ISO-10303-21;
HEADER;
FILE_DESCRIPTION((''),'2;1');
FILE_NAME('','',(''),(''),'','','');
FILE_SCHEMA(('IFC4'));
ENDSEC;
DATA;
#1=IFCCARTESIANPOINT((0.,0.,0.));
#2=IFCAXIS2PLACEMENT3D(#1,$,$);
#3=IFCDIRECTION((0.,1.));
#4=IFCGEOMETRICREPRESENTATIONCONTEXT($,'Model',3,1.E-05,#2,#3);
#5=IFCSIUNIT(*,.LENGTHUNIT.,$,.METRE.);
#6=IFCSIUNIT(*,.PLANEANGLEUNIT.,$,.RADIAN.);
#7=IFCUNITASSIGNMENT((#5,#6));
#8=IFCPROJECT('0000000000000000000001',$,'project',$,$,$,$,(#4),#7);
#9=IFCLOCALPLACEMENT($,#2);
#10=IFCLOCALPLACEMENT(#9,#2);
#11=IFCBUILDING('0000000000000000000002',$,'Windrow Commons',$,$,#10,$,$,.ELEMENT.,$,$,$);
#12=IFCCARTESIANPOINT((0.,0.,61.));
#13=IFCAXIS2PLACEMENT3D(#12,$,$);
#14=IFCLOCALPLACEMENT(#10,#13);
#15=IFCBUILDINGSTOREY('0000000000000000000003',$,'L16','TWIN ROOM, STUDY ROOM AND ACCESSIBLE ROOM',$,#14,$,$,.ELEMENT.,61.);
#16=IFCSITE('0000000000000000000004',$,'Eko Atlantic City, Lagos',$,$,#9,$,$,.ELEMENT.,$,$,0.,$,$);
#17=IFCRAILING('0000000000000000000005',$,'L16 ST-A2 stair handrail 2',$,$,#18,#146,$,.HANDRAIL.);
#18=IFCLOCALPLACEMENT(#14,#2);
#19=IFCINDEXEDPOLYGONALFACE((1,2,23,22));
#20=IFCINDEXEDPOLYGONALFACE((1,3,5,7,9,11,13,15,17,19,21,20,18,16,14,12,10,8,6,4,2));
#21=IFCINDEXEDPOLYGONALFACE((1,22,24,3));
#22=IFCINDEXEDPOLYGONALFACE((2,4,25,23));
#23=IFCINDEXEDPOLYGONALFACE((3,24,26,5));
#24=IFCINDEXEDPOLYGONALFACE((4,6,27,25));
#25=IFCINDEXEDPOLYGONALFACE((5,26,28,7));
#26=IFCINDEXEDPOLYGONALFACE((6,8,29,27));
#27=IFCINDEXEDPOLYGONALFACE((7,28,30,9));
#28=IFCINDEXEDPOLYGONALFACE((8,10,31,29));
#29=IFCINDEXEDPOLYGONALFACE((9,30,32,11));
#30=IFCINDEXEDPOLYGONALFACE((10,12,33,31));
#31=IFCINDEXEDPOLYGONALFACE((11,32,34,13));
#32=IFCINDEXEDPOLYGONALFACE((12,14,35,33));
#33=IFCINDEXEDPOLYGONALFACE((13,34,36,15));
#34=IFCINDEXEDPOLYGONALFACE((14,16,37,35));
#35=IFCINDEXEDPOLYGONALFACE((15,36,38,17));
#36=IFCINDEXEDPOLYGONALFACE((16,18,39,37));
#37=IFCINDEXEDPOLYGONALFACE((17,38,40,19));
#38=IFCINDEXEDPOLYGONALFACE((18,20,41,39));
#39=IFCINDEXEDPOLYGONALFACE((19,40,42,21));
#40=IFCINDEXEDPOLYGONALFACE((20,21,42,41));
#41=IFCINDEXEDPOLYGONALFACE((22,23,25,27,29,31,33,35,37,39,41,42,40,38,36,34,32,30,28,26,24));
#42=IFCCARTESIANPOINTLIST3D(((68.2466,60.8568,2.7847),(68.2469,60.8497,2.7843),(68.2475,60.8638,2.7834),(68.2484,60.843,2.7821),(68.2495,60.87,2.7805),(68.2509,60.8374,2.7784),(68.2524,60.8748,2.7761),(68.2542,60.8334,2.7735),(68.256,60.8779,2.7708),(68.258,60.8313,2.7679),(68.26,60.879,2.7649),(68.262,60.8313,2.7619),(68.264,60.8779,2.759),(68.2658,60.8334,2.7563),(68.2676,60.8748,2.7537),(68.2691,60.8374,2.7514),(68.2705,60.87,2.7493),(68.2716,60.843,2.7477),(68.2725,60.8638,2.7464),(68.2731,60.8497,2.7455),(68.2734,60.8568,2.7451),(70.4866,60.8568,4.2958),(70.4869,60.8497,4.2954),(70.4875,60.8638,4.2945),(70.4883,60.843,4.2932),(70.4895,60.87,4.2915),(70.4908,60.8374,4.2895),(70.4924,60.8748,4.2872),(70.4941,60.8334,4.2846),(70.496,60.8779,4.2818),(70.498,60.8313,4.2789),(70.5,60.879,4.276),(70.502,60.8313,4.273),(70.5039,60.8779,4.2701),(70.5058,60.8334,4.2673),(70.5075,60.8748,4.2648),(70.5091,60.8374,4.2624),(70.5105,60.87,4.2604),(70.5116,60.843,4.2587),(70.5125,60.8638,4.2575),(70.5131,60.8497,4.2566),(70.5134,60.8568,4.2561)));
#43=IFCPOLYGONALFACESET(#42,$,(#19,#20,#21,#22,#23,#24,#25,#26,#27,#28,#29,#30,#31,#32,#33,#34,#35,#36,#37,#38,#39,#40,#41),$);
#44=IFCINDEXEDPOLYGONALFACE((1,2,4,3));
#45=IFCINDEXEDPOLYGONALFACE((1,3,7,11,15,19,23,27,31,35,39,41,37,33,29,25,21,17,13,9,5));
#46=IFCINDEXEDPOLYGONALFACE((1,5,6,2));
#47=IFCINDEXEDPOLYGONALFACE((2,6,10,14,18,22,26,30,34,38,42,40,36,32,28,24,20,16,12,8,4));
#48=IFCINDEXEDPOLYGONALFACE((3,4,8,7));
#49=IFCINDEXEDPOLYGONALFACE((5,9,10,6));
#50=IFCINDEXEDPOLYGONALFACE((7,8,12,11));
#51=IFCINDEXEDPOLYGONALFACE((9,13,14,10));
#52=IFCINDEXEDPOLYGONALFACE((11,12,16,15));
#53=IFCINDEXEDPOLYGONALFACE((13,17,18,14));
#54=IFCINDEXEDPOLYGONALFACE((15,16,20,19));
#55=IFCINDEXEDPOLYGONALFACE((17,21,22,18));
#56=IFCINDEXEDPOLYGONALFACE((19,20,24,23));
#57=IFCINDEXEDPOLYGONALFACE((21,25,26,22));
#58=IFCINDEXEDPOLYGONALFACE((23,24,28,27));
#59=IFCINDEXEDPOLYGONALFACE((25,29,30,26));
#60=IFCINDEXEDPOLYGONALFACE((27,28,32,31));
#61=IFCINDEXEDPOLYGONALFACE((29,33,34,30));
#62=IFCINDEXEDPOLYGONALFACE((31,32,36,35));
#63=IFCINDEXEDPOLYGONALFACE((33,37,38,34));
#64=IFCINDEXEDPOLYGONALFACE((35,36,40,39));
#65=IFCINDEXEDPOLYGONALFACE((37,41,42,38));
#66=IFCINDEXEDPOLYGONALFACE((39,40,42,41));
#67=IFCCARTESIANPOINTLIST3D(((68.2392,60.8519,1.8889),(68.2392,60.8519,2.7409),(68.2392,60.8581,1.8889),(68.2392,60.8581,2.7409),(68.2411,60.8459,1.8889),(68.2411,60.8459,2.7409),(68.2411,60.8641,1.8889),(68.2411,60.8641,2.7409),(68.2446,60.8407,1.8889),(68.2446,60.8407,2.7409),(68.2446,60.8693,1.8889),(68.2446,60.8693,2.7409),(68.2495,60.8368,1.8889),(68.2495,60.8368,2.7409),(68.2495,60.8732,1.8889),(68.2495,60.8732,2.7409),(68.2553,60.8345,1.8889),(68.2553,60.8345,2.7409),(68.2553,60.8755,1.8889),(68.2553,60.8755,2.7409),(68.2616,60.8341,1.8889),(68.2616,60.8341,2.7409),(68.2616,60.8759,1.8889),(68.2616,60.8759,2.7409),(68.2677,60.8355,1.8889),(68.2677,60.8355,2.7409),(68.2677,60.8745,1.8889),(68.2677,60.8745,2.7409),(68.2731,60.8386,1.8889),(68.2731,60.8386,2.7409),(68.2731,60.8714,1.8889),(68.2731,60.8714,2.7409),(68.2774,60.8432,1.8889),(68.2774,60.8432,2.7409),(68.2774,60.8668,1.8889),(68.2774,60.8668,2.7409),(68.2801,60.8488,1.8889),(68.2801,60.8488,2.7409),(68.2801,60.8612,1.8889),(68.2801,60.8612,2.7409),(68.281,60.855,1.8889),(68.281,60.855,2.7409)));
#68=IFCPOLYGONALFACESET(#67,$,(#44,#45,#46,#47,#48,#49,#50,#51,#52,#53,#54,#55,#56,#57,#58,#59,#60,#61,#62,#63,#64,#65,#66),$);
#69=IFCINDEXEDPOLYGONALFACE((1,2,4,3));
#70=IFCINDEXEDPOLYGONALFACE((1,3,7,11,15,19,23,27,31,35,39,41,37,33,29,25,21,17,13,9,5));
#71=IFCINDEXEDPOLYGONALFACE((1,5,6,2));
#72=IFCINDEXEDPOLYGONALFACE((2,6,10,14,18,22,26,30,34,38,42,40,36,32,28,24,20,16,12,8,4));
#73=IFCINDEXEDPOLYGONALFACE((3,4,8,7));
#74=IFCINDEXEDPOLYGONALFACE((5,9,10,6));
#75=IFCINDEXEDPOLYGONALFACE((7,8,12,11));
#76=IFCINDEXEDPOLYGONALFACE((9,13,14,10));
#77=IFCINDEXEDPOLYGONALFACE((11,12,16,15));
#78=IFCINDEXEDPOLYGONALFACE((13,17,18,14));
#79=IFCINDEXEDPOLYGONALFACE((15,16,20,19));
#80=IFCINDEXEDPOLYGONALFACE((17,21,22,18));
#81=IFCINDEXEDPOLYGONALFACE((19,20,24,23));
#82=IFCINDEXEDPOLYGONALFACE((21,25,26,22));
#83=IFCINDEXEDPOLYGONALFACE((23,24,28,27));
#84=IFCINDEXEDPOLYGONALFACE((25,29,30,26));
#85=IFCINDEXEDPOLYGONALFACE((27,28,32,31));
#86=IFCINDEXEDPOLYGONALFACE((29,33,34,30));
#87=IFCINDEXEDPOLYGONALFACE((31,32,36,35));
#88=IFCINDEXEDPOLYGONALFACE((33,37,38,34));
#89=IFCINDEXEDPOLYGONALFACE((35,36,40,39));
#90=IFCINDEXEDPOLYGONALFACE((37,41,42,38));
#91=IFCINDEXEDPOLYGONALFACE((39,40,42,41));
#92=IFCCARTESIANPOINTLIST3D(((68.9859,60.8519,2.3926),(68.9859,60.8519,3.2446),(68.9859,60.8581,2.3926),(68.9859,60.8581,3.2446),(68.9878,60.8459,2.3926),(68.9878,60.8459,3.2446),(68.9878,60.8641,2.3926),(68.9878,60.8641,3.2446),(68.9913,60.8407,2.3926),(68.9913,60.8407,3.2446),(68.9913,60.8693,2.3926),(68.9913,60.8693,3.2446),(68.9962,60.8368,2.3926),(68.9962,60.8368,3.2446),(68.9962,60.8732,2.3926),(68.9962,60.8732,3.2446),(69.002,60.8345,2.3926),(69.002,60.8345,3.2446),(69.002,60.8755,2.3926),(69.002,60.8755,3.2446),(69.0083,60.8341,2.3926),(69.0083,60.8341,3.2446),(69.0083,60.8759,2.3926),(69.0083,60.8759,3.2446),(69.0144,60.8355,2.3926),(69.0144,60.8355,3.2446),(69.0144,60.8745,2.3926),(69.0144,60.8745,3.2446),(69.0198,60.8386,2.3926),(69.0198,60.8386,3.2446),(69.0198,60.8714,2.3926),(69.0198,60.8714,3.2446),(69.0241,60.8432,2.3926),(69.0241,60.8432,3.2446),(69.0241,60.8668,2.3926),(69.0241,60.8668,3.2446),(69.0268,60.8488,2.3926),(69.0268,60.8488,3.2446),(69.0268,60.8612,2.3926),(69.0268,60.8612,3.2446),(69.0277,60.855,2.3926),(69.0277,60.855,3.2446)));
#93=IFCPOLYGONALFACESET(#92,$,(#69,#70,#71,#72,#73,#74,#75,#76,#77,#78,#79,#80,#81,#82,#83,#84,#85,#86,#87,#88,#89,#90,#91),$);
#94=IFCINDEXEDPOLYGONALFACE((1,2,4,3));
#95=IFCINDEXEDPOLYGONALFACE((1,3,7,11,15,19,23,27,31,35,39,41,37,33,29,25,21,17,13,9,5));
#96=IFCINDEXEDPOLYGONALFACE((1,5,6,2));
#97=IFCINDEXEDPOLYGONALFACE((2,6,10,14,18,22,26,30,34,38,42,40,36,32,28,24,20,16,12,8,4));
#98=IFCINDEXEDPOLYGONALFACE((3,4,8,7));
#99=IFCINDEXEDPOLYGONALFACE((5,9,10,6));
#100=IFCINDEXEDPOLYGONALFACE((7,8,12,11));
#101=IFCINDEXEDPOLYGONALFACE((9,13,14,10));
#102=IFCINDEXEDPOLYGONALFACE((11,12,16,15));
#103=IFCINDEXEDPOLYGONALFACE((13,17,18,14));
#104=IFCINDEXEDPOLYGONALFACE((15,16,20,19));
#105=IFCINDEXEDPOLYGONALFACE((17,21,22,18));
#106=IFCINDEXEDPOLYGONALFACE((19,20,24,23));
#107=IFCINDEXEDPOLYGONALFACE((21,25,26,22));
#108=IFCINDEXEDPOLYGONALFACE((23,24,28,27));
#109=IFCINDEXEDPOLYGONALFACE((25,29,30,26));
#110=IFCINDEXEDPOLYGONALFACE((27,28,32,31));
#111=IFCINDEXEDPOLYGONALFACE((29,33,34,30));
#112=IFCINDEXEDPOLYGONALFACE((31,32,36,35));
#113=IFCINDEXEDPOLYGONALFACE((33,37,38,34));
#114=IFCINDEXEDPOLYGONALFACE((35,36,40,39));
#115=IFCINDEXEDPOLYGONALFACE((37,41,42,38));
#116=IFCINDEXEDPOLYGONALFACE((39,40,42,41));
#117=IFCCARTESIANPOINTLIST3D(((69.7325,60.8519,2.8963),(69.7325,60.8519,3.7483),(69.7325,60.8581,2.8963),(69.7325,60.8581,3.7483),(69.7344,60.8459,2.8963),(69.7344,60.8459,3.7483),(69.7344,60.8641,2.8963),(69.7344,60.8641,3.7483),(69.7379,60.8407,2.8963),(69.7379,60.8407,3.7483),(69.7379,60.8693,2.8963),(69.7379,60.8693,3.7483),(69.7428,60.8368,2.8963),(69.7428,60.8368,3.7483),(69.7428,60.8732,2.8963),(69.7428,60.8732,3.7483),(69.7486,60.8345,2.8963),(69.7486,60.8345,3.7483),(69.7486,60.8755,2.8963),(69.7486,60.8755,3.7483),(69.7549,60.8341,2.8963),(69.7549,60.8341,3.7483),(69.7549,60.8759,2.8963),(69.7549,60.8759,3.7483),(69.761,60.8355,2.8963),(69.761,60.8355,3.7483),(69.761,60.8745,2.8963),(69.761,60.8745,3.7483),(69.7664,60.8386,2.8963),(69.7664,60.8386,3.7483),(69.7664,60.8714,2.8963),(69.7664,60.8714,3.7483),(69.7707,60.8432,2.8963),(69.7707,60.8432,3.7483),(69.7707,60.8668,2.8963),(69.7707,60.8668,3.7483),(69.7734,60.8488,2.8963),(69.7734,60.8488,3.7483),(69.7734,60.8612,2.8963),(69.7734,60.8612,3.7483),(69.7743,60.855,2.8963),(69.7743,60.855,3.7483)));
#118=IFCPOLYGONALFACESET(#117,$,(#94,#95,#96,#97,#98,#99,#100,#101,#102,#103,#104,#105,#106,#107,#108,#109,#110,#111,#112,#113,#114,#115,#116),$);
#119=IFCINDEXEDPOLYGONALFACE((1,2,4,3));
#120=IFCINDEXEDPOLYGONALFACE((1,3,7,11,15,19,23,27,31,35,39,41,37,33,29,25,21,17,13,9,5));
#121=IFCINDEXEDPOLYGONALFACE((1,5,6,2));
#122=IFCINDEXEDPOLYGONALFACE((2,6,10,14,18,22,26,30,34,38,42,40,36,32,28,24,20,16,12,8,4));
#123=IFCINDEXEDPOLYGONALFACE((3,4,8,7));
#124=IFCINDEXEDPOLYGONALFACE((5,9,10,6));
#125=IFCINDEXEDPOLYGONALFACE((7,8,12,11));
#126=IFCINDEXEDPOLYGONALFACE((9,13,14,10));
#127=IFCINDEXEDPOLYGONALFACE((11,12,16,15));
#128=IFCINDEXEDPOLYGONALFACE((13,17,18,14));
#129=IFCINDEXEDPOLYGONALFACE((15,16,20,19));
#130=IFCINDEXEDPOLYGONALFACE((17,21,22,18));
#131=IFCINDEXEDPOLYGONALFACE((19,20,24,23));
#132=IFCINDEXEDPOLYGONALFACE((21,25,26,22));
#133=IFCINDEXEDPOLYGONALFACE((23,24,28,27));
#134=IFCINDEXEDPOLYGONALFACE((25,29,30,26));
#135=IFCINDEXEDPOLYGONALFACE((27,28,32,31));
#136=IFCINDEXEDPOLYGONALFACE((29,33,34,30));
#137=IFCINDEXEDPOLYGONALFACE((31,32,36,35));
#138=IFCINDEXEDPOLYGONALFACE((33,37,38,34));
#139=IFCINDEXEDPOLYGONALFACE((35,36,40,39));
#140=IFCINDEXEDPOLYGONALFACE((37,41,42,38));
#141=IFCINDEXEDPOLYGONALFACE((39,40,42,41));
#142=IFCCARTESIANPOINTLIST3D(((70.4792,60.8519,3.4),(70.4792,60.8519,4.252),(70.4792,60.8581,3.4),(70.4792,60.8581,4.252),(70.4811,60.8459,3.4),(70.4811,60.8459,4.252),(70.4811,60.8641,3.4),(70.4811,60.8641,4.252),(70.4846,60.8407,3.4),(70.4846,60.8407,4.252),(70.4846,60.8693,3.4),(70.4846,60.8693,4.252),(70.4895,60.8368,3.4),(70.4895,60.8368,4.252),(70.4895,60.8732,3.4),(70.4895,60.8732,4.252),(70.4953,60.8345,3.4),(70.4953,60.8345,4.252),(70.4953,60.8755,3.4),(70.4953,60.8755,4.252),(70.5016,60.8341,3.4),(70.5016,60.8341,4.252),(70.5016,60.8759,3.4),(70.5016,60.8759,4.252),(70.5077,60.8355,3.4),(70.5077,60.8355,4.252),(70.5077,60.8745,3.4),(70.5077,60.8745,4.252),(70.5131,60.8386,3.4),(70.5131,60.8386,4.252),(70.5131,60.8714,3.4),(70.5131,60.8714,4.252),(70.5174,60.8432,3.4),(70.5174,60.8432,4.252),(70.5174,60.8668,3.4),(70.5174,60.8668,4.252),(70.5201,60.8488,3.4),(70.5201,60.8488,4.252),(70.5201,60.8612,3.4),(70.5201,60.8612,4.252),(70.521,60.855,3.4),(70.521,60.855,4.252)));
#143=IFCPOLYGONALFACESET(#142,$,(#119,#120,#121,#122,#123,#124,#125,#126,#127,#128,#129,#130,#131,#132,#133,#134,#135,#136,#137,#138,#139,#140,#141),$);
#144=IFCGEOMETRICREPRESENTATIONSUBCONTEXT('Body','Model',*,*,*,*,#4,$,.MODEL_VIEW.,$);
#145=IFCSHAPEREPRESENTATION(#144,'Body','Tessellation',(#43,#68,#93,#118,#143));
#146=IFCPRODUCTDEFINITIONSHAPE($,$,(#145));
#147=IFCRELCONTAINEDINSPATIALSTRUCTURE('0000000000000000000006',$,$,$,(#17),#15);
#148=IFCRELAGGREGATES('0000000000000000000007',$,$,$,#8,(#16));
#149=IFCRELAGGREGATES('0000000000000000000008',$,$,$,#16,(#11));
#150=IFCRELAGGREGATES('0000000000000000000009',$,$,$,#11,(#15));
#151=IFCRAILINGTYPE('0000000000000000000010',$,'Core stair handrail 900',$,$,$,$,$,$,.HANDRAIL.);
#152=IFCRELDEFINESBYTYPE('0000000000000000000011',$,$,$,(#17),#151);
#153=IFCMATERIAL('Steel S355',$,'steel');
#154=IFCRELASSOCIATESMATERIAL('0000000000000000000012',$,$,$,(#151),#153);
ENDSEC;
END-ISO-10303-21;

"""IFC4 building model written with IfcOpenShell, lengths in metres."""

from ifc_helpers import new_model, si_unit, direction, frame, origin, origin_2d, place, context, subcontext, project, spatial, circle, extrude, material, type_object, element, save


model = new_model("IFC4")

# Units and contexts
model_context = context("Model", 3, precision=1e-05, world=origin(), true_north=direction((0.0, 1.0)))
body_context = subcontext(model_context, "Body", "Model", "MODEL_VIEW")
ifc_project = project(units=[si_unit("LENGTHUNIT", "METRE"), si_unit("PLANEANGLEUNIT", "RADIAN")], contexts=[model_context])

# Site, building, storey
site_placement = place(None, origin())
site = spatial("IfcSite", under=ifc_project, at=site_placement, Name="Eko Atlantic City, Lagos", CompositionType="ELEMENT", RefElevation=0.0)
building_placement = place(site_placement, origin())
building = spatial("IfcBuilding", under=site, at=building_placement, Name="Windrow Commons", CompositionType="ELEMENT")
storey_placement = place(building_placement, frame((0.0, 0.0, 61.0)))
storey = spatial("IfcBuildingStorey", under=building, at=storey_placement, Name="L16", Description="TWIN ROOM, STUDY ROOM AND ACCESSIBLE ROOM", CompositionType="ELEMENT", Elevation=61.0)

# Railing
ifc_material_1 = material(Name="Steel S355", Category="steel")
railing_type_1 = type_object("IfcRailingType", Name="Core stair handrail 900", PredefinedType="HANDRAIL", material=ifc_material_1)
railing_1_placement = place(storey_placement, frame((68.26, 60.855, 1.8889)))
element("IfcRailing", 1, at=railing_1_placement, inside=storey, type_object=railing_type_1, Name="L16 ST-A2 stair handrail 2", PredefinedType="HANDRAIL", context=body_context, shape_type="SweptSolid", body=[
    extrude(circle(Radius=0.024, at=origin_2d()), frame((0.0, 0.0, 0.876), z_axis=(0.829003, 0.0, 0.559244), x_axis=(0.0, 1.0, 0.0)), (0.0, 0.0, 1.0), 2.702),
    extrude(circle(Radius=0.021, at=origin_2d()), origin(), (0.0, 0.0, 1.0), 0.852),
    extrude(circle(Radius=0.021, at=origin_2d()), frame((0.7467, 0.0, 0.5037)), (0.0, 0.0, 1.0), 0.852),
    extrude(circle(Radius=0.021, at=origin_2d()), frame((1.4933, 0.0, 1.0074)), (0.0, 0.0, 1.0), 0.852),
    extrude(circle(Radius=0.021, at=origin_2d()), frame((2.24, 0.0, 1.5111)), (0.0, 0.0, 1.0), 0.852),
])

save(model, "model.ifc")
